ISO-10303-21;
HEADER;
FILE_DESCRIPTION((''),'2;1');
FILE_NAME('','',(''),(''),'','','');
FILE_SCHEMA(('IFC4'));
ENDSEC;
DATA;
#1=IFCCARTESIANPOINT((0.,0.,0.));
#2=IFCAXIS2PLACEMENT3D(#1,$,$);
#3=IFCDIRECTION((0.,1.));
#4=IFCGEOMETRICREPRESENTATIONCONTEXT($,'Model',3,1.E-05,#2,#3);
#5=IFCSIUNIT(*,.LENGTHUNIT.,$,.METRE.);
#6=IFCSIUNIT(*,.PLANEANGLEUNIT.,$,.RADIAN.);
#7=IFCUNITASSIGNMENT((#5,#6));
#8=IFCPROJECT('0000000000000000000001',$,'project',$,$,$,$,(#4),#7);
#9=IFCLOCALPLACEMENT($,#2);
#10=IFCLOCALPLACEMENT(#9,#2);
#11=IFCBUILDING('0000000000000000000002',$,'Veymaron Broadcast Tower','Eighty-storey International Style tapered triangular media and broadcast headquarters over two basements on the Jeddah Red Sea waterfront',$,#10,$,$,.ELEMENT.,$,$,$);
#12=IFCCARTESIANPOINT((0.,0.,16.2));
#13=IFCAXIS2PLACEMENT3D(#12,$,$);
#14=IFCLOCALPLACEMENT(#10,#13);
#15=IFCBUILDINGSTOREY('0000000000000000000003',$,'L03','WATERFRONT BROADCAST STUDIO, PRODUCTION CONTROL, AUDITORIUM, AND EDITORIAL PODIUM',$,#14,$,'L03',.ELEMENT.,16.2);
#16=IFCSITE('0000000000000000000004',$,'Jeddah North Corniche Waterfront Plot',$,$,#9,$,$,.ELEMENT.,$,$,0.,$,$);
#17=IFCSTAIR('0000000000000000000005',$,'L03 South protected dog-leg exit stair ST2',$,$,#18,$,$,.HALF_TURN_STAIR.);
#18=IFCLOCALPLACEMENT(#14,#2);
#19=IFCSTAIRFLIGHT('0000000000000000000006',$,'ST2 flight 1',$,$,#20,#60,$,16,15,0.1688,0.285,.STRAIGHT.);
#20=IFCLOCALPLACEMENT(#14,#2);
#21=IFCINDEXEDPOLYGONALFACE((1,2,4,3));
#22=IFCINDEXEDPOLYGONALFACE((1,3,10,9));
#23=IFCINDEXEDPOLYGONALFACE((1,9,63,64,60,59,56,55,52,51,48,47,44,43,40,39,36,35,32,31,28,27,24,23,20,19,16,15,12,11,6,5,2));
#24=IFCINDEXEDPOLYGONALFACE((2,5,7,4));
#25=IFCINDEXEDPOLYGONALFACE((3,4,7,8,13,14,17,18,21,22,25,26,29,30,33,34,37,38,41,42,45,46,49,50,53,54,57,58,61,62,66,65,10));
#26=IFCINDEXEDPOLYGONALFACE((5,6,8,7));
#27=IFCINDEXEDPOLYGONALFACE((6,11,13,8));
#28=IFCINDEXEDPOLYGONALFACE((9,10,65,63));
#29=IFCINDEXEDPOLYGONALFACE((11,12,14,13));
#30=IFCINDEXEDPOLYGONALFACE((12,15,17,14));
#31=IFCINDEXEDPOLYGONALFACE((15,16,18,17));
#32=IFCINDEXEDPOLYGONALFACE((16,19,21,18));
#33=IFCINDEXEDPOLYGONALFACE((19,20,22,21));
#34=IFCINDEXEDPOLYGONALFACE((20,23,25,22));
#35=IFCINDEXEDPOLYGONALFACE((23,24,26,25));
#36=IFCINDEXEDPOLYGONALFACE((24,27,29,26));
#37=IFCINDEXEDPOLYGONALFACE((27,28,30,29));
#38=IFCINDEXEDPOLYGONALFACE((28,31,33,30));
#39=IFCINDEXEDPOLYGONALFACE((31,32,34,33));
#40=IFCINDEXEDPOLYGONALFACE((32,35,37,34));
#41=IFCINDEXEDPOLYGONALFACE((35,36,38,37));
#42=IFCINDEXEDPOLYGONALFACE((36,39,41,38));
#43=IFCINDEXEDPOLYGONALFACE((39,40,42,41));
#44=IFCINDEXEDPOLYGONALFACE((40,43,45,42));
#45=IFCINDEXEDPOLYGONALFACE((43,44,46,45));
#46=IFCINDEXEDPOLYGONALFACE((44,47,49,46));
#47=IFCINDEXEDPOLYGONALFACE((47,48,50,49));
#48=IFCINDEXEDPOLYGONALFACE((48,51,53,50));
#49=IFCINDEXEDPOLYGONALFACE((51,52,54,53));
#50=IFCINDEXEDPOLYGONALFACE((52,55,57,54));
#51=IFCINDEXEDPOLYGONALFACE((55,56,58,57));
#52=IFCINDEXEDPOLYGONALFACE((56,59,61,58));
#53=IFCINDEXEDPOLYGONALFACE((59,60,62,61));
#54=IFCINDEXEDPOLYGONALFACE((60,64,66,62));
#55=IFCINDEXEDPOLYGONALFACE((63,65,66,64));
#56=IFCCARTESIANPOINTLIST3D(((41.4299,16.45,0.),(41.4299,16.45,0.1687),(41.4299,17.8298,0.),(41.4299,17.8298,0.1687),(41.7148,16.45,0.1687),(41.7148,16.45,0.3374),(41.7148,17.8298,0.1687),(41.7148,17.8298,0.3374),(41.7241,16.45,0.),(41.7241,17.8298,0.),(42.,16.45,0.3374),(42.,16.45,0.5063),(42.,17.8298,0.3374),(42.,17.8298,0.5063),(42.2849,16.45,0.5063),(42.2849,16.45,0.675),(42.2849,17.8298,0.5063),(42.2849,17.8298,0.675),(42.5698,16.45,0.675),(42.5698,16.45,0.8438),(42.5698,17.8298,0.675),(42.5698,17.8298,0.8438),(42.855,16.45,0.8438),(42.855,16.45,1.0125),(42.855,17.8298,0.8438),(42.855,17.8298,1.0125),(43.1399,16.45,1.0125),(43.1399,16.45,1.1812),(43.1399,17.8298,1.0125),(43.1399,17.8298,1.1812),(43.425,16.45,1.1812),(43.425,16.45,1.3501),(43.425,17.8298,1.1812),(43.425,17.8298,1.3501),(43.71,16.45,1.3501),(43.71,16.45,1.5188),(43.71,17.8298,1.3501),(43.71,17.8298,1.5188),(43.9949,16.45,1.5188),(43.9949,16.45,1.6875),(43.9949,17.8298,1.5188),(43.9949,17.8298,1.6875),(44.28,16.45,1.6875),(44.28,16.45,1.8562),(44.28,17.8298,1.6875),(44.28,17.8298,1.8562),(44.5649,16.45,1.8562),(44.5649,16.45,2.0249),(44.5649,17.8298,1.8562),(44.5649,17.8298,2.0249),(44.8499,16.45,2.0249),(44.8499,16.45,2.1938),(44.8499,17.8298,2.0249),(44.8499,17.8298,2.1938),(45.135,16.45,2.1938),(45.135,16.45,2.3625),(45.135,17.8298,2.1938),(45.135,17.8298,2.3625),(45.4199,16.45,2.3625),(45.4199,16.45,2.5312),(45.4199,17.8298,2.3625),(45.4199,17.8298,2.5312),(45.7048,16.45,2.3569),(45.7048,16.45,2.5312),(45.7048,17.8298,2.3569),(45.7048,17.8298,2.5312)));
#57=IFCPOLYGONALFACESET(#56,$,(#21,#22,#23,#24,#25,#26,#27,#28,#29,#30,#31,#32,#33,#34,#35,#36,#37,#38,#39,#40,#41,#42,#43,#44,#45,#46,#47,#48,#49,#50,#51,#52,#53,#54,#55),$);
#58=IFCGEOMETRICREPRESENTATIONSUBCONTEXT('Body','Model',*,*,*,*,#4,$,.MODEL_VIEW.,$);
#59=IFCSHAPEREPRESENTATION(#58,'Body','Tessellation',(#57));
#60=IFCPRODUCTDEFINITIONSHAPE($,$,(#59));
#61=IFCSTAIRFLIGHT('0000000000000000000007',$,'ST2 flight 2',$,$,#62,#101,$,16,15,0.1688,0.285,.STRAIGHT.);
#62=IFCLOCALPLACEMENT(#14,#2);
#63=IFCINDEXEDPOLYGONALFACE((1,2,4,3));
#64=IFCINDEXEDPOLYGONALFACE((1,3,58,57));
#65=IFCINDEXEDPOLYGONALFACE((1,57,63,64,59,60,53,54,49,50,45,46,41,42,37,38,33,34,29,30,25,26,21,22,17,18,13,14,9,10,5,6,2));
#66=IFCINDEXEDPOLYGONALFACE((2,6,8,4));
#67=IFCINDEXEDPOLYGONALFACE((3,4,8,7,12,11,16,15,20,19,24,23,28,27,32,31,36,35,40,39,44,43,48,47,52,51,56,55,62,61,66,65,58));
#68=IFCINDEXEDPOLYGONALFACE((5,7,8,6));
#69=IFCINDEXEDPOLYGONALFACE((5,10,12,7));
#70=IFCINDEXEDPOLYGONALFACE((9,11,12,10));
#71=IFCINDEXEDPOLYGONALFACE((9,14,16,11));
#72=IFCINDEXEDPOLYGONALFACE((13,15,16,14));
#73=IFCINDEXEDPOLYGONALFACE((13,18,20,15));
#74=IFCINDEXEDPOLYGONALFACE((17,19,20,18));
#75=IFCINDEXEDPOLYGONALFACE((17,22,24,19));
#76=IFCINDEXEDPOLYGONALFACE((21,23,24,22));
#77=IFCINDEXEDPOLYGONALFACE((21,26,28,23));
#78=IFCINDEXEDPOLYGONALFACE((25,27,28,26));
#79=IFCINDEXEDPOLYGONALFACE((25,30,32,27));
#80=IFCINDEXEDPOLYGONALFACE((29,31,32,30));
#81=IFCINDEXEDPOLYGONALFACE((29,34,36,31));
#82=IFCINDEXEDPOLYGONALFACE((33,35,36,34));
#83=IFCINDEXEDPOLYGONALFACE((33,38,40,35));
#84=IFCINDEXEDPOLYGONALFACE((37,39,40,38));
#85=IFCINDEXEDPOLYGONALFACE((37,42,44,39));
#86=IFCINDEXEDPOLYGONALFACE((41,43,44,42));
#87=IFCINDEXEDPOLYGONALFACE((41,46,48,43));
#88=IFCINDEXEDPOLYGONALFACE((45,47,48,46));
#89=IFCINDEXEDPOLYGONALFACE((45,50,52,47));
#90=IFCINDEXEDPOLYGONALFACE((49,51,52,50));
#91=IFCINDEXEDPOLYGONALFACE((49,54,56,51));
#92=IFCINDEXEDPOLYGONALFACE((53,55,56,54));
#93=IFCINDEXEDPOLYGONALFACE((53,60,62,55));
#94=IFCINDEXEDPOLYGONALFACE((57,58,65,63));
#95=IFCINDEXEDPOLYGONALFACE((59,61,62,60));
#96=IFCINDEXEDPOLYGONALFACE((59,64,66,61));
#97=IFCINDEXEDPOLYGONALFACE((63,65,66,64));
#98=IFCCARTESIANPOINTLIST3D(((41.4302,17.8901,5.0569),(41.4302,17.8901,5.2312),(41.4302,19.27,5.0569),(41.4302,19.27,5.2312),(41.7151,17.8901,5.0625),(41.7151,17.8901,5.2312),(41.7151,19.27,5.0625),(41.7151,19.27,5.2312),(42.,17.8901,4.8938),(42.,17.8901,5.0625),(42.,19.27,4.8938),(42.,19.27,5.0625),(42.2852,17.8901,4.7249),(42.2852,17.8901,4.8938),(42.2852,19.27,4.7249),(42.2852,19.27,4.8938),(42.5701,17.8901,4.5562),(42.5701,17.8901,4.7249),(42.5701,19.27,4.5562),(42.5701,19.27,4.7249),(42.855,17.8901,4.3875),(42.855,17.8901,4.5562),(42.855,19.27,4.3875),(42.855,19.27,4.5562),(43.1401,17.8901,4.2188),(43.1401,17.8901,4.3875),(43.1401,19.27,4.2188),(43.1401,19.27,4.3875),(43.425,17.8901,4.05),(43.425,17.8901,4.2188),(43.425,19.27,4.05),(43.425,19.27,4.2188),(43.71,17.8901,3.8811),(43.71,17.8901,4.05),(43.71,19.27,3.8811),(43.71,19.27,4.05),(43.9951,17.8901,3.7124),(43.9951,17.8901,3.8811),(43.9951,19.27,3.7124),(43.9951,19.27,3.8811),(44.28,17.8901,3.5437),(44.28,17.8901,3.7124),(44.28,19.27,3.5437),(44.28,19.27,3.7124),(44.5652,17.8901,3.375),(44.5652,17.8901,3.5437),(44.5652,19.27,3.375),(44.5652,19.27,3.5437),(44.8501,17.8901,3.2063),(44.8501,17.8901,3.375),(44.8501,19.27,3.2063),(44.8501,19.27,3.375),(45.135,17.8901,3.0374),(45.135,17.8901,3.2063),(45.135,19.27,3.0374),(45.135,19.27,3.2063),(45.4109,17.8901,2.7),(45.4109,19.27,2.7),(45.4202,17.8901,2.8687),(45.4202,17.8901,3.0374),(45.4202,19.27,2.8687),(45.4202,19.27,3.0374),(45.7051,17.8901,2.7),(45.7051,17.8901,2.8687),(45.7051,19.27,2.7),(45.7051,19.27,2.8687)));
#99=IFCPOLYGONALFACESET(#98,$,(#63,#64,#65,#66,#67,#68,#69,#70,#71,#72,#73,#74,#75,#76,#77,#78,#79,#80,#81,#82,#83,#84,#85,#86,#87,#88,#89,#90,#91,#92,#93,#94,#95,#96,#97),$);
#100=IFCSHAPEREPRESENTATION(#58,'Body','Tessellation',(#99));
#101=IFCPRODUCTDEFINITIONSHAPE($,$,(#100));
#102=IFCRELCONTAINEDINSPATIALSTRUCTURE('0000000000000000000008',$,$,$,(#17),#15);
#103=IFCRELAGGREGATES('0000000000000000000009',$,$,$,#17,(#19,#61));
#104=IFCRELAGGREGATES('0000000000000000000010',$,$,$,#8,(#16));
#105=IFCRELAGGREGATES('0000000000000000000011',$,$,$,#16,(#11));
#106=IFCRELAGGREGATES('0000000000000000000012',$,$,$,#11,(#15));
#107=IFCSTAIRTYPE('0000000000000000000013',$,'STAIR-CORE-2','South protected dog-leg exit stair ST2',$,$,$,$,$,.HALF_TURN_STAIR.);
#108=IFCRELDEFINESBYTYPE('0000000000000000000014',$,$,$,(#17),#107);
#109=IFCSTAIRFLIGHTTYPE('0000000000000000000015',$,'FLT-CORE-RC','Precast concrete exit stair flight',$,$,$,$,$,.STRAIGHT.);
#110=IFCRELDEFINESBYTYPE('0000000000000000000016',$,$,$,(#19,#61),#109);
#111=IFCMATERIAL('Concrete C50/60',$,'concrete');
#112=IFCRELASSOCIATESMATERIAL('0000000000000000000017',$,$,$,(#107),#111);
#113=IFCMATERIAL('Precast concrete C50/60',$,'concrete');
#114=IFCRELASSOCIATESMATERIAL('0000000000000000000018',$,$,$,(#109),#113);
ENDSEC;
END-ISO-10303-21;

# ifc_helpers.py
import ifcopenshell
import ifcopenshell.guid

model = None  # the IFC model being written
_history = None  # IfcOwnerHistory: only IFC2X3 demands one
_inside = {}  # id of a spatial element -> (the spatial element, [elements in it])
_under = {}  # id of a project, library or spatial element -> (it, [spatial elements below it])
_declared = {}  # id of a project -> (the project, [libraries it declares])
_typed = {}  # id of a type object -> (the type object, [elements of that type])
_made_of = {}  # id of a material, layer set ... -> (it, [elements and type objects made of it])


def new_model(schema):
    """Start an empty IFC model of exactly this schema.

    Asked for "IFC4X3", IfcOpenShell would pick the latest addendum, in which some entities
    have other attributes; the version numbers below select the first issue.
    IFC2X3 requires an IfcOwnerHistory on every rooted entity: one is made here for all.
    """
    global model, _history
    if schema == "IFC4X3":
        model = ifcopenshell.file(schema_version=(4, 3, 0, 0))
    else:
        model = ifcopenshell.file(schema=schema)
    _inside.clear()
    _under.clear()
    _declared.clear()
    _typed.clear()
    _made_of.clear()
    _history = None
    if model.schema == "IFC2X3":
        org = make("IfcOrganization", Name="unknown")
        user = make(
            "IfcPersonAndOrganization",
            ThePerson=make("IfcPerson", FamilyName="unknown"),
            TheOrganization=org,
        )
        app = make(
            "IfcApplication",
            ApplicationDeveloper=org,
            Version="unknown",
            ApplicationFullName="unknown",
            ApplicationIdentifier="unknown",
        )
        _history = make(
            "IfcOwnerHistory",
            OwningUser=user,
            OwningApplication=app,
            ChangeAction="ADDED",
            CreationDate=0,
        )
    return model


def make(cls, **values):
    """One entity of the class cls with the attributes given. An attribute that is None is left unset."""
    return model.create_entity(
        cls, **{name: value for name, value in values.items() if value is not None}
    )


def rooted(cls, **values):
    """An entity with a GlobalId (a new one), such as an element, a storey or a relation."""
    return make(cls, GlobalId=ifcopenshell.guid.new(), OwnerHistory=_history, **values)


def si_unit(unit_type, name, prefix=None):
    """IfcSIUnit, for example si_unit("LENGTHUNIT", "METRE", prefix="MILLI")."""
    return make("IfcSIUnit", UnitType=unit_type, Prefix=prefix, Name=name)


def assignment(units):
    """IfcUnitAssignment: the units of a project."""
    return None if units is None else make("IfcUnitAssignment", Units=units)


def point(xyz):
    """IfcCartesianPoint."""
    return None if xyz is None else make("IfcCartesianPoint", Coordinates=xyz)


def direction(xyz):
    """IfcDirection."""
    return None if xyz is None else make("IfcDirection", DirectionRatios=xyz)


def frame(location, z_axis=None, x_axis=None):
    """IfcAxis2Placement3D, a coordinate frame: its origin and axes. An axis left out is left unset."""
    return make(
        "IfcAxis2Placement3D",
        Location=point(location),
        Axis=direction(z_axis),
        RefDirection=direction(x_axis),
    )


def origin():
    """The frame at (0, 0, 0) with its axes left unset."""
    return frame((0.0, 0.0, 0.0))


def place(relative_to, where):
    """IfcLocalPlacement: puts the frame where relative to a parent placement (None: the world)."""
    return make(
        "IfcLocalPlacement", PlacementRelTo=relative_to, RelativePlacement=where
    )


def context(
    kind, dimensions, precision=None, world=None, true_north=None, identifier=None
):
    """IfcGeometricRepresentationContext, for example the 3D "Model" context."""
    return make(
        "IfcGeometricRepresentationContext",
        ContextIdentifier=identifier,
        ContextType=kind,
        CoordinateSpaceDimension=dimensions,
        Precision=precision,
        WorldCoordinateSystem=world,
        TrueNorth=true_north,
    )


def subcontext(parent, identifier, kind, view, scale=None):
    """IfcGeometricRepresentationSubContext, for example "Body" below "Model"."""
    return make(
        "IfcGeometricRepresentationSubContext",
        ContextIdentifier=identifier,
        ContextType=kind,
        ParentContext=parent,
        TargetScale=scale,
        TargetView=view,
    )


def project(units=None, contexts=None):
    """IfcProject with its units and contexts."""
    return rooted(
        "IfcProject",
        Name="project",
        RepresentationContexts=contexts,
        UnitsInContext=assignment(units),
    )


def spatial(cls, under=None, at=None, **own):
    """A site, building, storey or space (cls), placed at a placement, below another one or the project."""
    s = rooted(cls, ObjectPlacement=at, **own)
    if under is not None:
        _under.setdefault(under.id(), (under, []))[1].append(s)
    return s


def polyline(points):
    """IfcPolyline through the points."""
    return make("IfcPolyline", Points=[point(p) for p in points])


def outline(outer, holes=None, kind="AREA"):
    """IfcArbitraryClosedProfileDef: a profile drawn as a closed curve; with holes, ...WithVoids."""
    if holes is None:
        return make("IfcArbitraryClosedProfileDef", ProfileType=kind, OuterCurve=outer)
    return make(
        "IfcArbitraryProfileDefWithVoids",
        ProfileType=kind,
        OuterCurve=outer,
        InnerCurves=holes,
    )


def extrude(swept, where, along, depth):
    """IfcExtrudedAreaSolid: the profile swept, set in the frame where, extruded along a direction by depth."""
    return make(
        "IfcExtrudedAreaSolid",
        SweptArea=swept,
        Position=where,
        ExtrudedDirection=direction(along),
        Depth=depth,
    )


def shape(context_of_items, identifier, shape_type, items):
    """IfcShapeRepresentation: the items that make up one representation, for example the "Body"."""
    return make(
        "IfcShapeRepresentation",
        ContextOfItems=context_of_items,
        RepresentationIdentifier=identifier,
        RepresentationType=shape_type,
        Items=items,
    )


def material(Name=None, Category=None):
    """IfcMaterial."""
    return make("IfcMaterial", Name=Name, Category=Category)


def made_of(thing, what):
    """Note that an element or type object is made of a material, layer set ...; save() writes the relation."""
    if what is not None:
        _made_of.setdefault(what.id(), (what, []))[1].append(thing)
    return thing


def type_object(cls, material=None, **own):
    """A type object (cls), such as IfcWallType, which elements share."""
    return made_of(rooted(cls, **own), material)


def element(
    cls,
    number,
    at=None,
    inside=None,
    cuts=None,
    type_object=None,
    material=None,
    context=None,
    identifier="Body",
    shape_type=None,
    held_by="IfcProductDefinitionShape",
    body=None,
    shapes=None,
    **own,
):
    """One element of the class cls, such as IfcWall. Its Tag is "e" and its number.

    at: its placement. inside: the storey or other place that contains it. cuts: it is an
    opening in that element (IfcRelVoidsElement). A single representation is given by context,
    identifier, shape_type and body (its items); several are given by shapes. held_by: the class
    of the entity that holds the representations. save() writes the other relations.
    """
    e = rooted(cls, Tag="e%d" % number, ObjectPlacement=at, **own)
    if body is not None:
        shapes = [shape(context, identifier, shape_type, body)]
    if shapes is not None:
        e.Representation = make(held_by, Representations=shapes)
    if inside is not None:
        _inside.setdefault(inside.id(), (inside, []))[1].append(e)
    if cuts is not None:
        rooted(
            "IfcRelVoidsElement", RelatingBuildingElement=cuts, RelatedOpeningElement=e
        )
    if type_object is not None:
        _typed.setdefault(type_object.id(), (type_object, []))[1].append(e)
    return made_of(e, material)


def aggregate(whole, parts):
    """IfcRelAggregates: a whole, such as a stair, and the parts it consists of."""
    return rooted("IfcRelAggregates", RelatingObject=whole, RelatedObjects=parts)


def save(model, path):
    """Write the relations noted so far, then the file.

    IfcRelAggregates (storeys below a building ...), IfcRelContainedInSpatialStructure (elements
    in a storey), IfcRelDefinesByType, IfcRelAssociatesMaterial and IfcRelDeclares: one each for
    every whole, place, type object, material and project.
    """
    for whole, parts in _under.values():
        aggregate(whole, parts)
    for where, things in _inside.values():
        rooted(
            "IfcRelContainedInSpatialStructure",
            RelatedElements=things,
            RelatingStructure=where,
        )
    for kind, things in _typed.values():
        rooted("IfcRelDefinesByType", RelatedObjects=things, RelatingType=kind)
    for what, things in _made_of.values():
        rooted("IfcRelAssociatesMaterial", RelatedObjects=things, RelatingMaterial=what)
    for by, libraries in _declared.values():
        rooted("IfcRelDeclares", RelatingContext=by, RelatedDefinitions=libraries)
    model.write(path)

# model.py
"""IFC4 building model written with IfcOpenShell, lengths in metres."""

from ifc_helpers import new_model, si_unit, direction, frame, origin, place, context, subcontext, project, spatial, polyline, outline, extrude, material, type_object, element, aggregate, save


model = new_model("IFC4")

# Units and contexts
model_context = context("Model", 3, precision=1e-05, world=origin(), true_north=direction((0.0, 1.0)))
body_context = subcontext(model_context, "Body", "Model", "MODEL_VIEW")
ifc_project = project(units=[si_unit("LENGTHUNIT", "METRE"), si_unit("PLANEANGLEUNIT", "RADIAN")], contexts=[model_context])

# Site, building, storey
site_placement = place(None, origin())
site = spatial("IfcSite", under=ifc_project, at=site_placement, Name="Jeddah North Corniche Waterfront Plot", CompositionType="ELEMENT", RefElevation=0.0)
building_placement = place(site_placement, origin())
building = spatial("IfcBuilding", under=site, at=building_placement, Name="Veymaron Broadcast Tower", Description="Eighty-storey International Style tapered triangular media and broadcast headquarters over two basements on the Jeddah Red Sea waterfront", CompositionType="ELEMENT")
storey_placement = place(building_placement, frame((0.0, 0.0, 16.2)))
storey = spatial("IfcBuildingStorey", under=building, at=storey_placement, Name="L03", Description="WATERFRONT BROADCAST STUDIO, PRODUCTION CONTROL, AUDITORIUM, AND EDITORIAL PODIUM", LongName="L03", CompositionType="ELEMENT", Elevation=16.2)

# Shared definitions
ifc_material_1 = material(Name="Concrete C50/60", Category="concrete")

# Stair, stair flights
stair_type = type_object("IfcStairType", Name="STAIR-CORE-2", Description="South protected dog-leg exit stair ST2", PredefinedType="HALF_TURN_STAIR", material=ifc_material_1)
stair_placement = place(storey_placement, origin())
stair = element("IfcStair", 1, at=stair_placement, inside=storey, type_object=stair_type, Name="L03 South protected dog-leg exit stair ST2", PredefinedType="HALF_TURN_STAIR")
ifc_material_2 = material(Name="Precast concrete C50/60", Category="concrete")
stair_flight_type = type_object("IfcStairFlightType", Name="FLT-CORE-RC", Description="Precast concrete exit stair flight", PredefinedType="STRAIGHT", material=ifc_material_2)
stair_flight_1_placement = place(storey_placement, frame((41.4299, 17.1399, 0.0), z_axis=(0.0, 0.0, 1.0), x_axis=(1.0, 0.0, 0.0)))
stair_flight_1 = element("IfcStairFlight", 2, at=stair_flight_1_placement, type_object=stair_flight_type, Name="ST2 flight 1", NumberOfRisers=16, NumberOfTreads=15, PredefinedType="STRAIGHT", RiserHeight=0.1688, TreadLength=0.285, context=body_context, shape_type="SweptSolid", body=[
    extrude(outline(polyline([(0.0, 0.0), (0.0, 0.1687), (0.2849, 0.1687), (0.2849, 0.3374), (0.5701, 0.3374), (0.5701, 0.5063), (0.855, 0.5063), (0.855, 0.675), (1.1399, 0.675), (1.1399, 0.8438), (1.425, 0.8438), (1.425, 1.0125), (1.71, 1.0125), (1.71, 1.1812), (1.9951, 1.1812), (1.9951, 1.3501), (2.28, 1.3501), (2.28, 1.5188), (2.5649, 1.5188), (2.5649, 1.6875), (2.8501, 1.6875), (2.8501, 1.8562), (3.135, 1.8562), (3.135, 2.0249), (3.4199, 2.0249), (3.4199, 2.1938), (3.7051, 2.1938), (3.7051, 2.3625), (3.99, 2.3625), (3.99, 2.5312), (4.2749, 2.5312), (4.2749, 2.7), (4.2749, 2.3569), (0.2942, 0.0), (0.0, 0.0)])), frame((0.0, 0.6899, 0.0), z_axis=(0.0, -1.0, 0.0), x_axis=(1.0, 0.0, 0.0)), (0.0, 0.0, 1.0), 1.3799),
])
stair_flight_2_placement = place(storey_placement, frame((45.7051, 18.5801, 2.7), z_axis=(0.0, 0.0, 1.0), x_axis=(-1.0, 0.0, 0.0)))
stair_flight_2 = element("IfcStairFlight", 3, at=stair_flight_2_placement, type_object=stair_flight_type, Name="ST2 flight 2", NumberOfRisers=16, NumberOfTreads=15, PredefinedType="STRAIGHT", RiserHeight=0.1688, TreadLength=0.285, context=body_context, shape_type="SweptSolid", body=[
    extrude(outline(polyline([(0.0, 0.0), (0.0, 0.1687), (0.2849, 0.1687), (0.2849, 0.3374), (0.5701, 0.3374), (0.5701, 0.5063), (0.855, 0.5063), (0.855, 0.675), (1.1399, 0.675), (1.1399, 0.8438), (1.425, 0.8438), (1.425, 1.0125), (1.71, 1.0125), (1.71, 1.1812), (1.9951, 1.1812), (1.9951, 1.3501), (2.28, 1.3501), (2.28, 1.5188), (2.5649, 1.5188), (2.5649, 1.6875), (2.8501, 1.6875), (2.8501, 1.8562), (3.135, 1.8562), (3.135, 2.0249), (3.4199, 2.0249), (3.4199, 2.1938), (3.7051, 2.1938), (3.7051, 2.3625), (3.99, 2.3625), (3.99, 2.5312), (4.2749, 2.5312), (4.2749, 2.7), (4.2749, 2.3569), (0.2942, 0.0), (0.0, 0.0)])), frame((0.0, 0.6899, 0.0), z_axis=(0.0, -1.0, 0.0), x_axis=(1.0, 0.0, 0.0)), (0.0, 0.0, 1.0), 1.3799),
])
aggregate(stair, [stair_flight_1, stair_flight_2])

save(model, "model.ifc")
